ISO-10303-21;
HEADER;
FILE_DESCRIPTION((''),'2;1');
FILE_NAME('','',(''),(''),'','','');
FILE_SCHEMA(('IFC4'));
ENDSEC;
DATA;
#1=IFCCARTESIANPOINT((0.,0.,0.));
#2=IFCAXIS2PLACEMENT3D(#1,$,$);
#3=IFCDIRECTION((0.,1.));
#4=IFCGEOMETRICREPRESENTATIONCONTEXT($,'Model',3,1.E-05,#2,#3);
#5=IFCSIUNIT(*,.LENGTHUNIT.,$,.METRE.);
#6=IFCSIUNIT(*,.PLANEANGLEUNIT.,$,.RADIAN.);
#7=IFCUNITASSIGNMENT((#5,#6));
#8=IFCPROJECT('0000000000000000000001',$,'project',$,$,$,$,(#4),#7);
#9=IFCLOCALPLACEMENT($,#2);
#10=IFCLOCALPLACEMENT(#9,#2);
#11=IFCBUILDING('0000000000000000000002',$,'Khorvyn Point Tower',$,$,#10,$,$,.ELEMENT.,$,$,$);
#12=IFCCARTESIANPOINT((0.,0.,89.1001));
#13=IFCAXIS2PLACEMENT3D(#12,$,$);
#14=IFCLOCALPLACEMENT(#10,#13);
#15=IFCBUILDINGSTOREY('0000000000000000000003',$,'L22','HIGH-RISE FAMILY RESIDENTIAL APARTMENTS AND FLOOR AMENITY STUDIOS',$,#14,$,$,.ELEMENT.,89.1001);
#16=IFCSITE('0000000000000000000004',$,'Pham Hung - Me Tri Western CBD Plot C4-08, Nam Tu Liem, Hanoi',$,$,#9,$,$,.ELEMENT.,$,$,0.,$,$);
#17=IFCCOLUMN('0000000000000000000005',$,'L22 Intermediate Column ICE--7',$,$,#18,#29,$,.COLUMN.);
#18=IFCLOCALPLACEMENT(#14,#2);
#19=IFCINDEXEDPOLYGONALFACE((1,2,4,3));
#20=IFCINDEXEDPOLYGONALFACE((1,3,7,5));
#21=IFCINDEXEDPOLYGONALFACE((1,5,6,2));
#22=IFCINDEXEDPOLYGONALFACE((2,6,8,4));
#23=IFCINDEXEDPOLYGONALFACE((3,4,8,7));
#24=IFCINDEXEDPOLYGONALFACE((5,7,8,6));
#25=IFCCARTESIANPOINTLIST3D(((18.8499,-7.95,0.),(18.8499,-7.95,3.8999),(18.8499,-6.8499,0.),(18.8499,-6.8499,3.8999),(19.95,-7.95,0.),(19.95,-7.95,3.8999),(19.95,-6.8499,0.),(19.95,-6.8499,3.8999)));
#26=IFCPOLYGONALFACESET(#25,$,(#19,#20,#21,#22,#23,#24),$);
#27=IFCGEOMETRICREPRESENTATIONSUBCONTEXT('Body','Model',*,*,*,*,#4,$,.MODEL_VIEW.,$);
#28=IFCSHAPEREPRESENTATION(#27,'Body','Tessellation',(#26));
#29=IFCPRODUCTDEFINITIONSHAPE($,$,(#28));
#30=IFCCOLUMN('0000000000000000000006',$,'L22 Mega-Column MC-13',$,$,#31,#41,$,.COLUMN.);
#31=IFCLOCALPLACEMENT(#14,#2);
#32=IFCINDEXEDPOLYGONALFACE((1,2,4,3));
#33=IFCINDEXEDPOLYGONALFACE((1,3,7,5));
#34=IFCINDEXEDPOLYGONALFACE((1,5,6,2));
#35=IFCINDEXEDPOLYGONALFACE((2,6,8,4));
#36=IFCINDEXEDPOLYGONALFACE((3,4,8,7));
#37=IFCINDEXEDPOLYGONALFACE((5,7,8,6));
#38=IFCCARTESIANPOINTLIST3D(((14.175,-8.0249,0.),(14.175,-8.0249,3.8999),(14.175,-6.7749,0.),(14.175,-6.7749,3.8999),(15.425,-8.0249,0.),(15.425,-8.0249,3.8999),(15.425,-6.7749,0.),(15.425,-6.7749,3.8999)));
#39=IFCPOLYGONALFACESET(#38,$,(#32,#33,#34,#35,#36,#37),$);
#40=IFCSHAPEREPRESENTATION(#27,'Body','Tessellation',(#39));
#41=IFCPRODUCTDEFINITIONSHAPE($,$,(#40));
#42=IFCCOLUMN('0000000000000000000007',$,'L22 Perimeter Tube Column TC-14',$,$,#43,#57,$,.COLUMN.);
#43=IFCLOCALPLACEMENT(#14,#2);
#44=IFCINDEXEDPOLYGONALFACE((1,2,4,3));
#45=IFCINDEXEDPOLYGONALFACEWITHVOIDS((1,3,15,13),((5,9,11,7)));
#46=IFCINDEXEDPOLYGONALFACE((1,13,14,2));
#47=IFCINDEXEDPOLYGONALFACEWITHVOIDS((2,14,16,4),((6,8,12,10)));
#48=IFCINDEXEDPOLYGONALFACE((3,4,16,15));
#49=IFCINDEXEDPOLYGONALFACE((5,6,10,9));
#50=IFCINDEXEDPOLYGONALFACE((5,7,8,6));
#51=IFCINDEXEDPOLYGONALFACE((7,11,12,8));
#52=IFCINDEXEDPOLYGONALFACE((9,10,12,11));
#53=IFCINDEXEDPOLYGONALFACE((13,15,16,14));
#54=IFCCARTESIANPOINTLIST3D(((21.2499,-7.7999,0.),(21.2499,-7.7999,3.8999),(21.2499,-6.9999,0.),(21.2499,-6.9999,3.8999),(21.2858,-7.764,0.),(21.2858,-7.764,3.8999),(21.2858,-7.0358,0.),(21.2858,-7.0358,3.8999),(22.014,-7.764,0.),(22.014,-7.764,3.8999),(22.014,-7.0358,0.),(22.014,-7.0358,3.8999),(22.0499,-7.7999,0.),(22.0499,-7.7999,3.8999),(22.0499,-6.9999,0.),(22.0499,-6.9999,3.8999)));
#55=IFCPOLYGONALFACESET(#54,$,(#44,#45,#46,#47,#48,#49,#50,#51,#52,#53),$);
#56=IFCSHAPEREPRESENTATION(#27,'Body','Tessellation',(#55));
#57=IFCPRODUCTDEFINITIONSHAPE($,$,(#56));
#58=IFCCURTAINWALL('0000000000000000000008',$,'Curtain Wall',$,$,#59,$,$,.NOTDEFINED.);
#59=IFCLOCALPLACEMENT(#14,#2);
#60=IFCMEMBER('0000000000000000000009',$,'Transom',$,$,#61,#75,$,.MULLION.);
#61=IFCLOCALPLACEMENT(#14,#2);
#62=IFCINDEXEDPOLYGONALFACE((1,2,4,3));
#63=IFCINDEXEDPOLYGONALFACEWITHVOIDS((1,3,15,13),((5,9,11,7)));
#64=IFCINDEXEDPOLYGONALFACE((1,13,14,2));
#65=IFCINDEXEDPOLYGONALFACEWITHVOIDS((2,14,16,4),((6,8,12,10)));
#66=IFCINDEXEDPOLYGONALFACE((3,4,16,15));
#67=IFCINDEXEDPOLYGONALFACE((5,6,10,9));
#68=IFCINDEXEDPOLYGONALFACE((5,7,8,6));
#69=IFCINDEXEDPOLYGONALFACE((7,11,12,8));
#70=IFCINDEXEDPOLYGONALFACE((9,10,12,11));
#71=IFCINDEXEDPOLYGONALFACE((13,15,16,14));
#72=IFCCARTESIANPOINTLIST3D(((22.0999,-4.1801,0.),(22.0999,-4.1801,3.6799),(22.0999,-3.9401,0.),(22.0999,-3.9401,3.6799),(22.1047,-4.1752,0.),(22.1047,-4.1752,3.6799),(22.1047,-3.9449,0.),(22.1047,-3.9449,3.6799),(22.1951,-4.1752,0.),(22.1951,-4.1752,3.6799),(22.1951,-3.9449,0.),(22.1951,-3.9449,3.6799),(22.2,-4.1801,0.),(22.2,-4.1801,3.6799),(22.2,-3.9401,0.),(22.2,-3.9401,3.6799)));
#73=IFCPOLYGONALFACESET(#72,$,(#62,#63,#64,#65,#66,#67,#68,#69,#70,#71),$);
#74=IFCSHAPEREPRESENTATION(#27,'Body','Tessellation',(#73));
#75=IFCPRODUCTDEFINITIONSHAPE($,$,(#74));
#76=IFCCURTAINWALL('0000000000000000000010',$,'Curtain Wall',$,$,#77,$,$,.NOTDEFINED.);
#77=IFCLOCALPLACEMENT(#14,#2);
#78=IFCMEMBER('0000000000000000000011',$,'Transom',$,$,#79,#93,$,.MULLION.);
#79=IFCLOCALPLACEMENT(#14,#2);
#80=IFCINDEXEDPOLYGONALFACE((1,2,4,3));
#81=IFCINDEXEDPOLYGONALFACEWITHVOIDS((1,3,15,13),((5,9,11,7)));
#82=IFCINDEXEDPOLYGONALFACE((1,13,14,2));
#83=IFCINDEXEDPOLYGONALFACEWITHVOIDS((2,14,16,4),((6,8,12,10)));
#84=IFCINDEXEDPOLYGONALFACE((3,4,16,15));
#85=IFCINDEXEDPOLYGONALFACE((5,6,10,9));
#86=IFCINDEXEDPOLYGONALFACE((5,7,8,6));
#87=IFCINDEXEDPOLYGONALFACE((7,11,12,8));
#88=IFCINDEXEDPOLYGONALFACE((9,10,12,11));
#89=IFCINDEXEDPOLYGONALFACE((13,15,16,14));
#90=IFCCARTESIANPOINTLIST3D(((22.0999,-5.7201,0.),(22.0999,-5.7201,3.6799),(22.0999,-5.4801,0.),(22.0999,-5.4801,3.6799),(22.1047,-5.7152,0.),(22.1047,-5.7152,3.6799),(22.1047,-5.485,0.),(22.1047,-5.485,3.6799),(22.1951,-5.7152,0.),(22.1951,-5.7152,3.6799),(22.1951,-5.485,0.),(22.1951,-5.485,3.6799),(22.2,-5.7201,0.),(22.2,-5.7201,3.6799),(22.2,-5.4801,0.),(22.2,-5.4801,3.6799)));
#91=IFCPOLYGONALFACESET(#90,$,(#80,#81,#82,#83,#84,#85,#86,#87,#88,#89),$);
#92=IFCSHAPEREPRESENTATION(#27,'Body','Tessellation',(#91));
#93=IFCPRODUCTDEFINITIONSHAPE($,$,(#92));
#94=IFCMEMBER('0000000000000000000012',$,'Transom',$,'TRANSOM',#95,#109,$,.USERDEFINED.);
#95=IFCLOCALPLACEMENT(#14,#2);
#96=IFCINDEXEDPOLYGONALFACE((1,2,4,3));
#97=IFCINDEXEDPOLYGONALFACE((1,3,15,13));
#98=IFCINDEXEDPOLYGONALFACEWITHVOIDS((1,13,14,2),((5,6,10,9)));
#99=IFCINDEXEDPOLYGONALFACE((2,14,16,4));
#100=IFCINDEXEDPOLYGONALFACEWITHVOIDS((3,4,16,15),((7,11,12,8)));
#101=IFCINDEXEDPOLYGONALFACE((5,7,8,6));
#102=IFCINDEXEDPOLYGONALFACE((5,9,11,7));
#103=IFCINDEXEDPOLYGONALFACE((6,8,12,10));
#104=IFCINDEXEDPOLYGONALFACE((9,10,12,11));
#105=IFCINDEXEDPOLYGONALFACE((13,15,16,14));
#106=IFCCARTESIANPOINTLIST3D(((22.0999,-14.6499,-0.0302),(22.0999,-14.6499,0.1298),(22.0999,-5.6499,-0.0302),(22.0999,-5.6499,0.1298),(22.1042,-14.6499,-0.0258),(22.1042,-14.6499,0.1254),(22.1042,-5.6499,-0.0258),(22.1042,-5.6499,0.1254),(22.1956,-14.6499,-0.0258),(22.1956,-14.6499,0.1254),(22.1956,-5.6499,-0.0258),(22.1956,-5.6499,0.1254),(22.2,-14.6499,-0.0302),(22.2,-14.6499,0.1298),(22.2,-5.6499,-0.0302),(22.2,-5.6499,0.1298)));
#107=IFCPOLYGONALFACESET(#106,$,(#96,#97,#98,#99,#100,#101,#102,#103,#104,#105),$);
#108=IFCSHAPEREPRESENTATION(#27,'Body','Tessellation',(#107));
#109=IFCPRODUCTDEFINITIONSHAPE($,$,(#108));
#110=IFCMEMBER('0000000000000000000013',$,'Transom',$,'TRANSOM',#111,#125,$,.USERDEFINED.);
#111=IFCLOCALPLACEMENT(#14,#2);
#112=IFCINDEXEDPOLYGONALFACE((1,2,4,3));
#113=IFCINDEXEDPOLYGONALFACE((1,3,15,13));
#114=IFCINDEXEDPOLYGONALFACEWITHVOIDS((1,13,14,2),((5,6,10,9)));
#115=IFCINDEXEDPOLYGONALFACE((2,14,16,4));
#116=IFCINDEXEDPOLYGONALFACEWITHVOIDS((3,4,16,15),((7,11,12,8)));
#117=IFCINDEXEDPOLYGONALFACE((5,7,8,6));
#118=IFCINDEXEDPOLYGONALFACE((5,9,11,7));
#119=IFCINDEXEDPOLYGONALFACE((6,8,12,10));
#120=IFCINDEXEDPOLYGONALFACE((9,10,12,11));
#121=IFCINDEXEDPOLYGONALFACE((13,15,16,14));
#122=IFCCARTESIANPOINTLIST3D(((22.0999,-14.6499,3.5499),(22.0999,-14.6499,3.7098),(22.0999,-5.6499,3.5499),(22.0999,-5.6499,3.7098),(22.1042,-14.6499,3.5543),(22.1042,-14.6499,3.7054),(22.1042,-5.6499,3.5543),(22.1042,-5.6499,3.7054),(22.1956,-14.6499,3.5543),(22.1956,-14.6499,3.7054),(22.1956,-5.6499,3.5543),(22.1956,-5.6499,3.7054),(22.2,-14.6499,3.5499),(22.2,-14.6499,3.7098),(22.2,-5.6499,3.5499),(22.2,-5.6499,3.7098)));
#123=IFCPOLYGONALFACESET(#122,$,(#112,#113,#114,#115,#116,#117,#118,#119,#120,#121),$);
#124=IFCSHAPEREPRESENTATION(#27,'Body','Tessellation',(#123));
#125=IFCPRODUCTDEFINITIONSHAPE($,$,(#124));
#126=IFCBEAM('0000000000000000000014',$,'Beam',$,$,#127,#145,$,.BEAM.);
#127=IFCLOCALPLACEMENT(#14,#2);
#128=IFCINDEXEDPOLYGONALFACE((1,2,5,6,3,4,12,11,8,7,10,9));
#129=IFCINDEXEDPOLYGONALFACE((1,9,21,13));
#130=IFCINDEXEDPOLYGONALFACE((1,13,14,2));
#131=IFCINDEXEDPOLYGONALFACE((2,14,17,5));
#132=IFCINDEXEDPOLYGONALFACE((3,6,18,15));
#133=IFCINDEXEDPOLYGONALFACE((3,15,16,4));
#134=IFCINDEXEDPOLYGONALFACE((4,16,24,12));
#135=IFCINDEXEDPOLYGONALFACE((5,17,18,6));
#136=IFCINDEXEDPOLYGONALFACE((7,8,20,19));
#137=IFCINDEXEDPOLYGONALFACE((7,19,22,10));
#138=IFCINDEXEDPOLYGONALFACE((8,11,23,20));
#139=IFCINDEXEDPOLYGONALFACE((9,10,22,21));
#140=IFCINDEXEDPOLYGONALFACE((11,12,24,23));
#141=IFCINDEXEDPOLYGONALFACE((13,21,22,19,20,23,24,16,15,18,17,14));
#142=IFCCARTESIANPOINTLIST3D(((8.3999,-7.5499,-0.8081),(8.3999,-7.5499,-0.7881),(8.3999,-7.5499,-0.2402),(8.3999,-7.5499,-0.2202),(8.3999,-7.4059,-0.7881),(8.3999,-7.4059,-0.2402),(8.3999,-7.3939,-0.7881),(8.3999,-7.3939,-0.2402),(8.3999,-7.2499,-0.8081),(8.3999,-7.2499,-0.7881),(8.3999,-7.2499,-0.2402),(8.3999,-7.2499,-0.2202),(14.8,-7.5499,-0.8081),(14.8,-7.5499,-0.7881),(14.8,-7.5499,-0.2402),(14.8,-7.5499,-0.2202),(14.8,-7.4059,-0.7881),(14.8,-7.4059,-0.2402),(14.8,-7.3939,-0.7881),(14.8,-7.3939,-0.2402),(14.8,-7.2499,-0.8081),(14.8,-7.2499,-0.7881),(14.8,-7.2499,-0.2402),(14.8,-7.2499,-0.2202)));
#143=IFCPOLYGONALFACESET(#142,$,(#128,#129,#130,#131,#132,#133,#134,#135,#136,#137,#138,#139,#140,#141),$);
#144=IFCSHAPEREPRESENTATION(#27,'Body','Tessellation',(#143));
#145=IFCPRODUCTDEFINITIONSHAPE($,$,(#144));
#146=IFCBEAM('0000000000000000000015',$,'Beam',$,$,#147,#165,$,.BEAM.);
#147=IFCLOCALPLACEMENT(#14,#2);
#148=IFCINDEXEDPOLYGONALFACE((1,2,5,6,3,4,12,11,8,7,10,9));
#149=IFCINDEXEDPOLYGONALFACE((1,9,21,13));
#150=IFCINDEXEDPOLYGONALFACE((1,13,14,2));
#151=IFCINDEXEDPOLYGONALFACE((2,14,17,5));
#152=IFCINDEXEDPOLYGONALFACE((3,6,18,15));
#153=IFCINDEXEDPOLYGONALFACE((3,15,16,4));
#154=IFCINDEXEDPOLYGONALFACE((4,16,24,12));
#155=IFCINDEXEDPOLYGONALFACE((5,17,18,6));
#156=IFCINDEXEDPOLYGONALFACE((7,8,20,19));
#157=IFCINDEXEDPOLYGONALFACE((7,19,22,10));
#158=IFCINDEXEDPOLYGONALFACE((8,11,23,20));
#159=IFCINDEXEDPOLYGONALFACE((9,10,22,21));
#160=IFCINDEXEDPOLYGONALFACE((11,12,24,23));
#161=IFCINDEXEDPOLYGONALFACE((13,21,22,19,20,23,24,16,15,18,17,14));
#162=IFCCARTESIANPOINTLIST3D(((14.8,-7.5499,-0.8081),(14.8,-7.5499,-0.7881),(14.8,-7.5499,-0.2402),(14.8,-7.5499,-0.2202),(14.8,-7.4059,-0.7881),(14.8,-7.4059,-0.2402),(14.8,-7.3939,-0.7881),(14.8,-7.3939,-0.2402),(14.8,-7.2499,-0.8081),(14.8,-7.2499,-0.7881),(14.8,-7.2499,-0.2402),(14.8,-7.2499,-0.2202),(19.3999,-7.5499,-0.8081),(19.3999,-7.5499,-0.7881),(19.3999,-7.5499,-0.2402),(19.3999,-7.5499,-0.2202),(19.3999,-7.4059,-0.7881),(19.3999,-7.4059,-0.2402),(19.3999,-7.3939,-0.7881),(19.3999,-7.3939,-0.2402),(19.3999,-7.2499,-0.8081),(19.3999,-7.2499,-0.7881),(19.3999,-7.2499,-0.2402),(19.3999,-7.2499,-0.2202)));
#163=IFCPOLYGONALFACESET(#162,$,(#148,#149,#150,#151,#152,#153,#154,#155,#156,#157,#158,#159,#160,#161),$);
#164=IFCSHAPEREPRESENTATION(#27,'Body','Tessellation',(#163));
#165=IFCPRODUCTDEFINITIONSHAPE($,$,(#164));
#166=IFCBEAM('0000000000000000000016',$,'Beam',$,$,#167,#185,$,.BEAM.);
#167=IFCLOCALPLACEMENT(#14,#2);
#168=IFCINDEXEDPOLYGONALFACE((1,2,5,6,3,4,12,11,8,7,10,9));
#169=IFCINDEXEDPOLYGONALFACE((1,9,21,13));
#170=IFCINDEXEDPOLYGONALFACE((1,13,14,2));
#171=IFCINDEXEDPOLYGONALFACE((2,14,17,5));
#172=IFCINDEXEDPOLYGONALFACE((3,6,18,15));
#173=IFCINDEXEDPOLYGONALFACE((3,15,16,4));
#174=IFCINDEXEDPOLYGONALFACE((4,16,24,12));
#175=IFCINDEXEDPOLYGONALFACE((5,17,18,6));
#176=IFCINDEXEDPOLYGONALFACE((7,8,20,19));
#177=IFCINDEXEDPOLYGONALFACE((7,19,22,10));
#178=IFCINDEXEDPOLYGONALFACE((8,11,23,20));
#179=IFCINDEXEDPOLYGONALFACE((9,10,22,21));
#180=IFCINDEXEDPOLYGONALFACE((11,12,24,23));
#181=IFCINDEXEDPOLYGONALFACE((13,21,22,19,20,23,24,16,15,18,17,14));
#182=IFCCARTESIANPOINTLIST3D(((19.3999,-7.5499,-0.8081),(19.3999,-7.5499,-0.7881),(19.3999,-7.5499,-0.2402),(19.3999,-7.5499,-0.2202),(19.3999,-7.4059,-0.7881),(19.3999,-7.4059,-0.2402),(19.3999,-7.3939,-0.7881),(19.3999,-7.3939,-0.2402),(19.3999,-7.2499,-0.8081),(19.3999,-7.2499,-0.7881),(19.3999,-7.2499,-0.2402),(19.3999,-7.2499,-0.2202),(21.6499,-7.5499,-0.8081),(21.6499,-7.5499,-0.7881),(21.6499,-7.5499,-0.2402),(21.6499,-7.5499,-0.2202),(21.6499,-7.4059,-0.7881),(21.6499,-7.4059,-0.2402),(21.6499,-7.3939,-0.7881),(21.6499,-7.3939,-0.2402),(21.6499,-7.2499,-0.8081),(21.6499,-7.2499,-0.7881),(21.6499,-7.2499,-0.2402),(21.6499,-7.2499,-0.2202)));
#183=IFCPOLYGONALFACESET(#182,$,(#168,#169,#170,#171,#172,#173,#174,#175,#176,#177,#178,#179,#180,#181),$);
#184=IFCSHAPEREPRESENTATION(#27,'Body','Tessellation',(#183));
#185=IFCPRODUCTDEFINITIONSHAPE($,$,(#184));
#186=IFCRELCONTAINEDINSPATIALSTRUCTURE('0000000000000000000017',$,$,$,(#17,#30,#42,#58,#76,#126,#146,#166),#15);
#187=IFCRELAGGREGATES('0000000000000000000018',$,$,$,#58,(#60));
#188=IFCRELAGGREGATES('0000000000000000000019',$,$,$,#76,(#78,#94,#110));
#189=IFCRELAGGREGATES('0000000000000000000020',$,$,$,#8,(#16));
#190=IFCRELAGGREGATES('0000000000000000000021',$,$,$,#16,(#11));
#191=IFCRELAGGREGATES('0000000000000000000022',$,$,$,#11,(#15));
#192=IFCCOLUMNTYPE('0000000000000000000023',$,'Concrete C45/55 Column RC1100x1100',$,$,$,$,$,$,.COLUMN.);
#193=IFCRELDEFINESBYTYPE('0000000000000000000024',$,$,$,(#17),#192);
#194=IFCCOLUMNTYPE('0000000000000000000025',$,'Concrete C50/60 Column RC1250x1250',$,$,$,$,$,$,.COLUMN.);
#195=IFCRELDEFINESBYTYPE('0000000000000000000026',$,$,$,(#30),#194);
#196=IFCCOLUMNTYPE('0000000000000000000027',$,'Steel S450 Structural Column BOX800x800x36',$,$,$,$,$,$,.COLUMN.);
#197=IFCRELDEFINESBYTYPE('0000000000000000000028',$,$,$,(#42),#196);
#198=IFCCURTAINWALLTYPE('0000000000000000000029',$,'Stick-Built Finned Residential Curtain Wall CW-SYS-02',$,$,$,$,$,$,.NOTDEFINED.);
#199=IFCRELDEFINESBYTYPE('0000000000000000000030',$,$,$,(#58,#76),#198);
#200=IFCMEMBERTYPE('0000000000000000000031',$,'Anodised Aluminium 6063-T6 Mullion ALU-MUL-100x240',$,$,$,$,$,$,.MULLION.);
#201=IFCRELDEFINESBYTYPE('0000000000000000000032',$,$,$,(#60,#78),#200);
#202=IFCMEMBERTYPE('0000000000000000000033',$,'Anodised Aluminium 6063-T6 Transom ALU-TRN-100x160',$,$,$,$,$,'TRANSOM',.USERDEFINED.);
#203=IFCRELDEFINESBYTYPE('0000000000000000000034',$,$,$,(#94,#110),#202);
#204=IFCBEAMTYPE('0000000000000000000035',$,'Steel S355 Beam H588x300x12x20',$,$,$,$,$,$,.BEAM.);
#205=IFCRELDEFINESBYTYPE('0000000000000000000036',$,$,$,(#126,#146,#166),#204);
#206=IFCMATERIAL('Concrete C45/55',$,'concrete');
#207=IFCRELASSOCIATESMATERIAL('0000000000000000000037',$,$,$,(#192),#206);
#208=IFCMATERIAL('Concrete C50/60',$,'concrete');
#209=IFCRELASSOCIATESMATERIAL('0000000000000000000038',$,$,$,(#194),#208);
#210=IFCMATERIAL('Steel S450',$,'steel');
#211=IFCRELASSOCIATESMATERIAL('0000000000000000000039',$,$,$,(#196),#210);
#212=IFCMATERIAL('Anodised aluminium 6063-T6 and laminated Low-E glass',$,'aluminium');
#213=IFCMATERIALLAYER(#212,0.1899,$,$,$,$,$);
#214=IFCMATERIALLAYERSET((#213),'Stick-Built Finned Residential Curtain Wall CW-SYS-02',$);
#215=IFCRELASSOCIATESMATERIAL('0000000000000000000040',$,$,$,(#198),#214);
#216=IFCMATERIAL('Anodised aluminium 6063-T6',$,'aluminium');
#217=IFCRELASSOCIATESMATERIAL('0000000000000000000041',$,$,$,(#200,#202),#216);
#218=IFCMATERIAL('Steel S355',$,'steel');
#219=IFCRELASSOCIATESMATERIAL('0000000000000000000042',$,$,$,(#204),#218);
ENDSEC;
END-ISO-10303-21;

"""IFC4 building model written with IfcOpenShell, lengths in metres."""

from ifc_helpers import new_model, si_unit, direction, frame, origin, origin_2d, place, context, subcontext, project, spatial, rectangle, hollow_rectangle, i_section, extrude, material, layer, layer_set, material_profile, profile_set, type_object, element, aggregate, save


model = new_model("IFC4")

# Units and contexts
model_context = context("Model", 3, precision=1e-05, world=origin(), true_north=direction((0.0, 1.0)))
body_context = subcontext(model_context, "Body", "Model", "MODEL_VIEW")
ifc_project = project(units=[si_unit("LENGTHUNIT", "METRE"), si_unit("PLANEANGLEUNIT", "RADIAN")], contexts=[model_context])

# Site, building, storey
site_placement = place(None, origin())
site = spatial("IfcSite", under=ifc_project, at=site_placement, Name="Pham Hung - Me Tri Western CBD Plot C4-08, Nam Tu Liem, Hanoi", CompositionType="ELEMENT", RefElevation=0.0)
building_placement = place(site_placement, origin())
building = spatial("IfcBuilding", under=site, at=building_placement, Name="Khorvyn Point Tower", CompositionType="ELEMENT")
storey_placement = place(building_placement, frame((0.0, 0.0, 89.1001)))
storey = spatial("IfcBuildingStorey", under=building, at=storey_placement, Name="L22", Description="HIGH-RISE FAMILY RESIDENTIAL APARTMENTS AND FLOOR AMENITY STUDIOS", CompositionType="ELEMENT", Elevation=89.1001)

# Columns
ifc_material_1 = material(Name="Concrete C45/55", Category="concrete")
ifc_material_profile_1 = material_profile(ifc_material_1, rectangle(XDim=1.1001, YDim=1.1001, at=origin_2d()))
ifc_profile_set_1 = profile_set([ifc_material_profile_1], Name="Concrete C45/55 RC1100x1100")
column_type_1 = type_object("IfcColumnType", Name="Concrete C45/55 Column RC1100x1100", PredefinedType="COLUMN", material=ifc_profile_set_1)
column_1_placement = place(storey_placement, frame((19.3999, -7.3999, 0.0), z_axis=(0.0, 0.0, 1.0), x_axis=(1.0, 0.0, 0.0)))
element("IfcColumn", 1, at=column_1_placement, inside=storey, type_object=column_type_1, Name="L22 Intermediate Column ICE--7", PredefinedType="COLUMN", context=body_context, shape_type="SweptSolid", body=[
    extrude(rectangle(XDim=1.1001, YDim=1.1001, at=origin_2d()), origin(), (0.0, 0.0, 1.0), 3.8999),
])
ifc_material_2 = material(Name="Concrete C50/60", Category="concrete")
ifc_material_profile_2 = material_profile(ifc_material_2, rectangle(XDim=1.25, YDim=1.25, at=origin_2d()))
ifc_profile_set_2 = profile_set([ifc_material_profile_2], Name="Concrete C50/60 RC1250x1250")
column_type_2 = type_object("IfcColumnType", Name="Concrete C50/60 Column RC1250x1250", PredefinedType="COLUMN", material=ifc_profile_set_2)
column_2_placement = place(storey_placement, frame((14.8, -7.3999, 0.0), z_axis=(0.0, 0.0, 1.0), x_axis=(1.0, 0.0, 0.0)))
element("IfcColumn", 2, at=column_2_placement, inside=storey, type_object=column_type_2, Name="L22 Mega-Column MC-13", PredefinedType="COLUMN", context=body_context, shape_type="SweptSolid", body=[
    extrude(rectangle(XDim=1.25, YDim=1.25, at=origin_2d()), origin(), (0.0, 0.0, 1.0), 3.8999),
])
ifc_material_3 = material(Name="Steel S450", Category="steel")
ifc_material_profile_3 = material_profile(ifc_material_3, hollow_rectangle(XDim=0.8, YDim=0.8, WallThickness=0.0359, at=origin_2d()))
ifc_profile_set_3 = profile_set([ifc_material_profile_3], Name="Steel S450 BOX800x800x36")
column_type_3 = type_object("IfcColumnType", Name="Steel S450 Structural Column BOX800x800x36", PredefinedType="COLUMN", material=ifc_profile_set_3)
column_3_placement = place(storey_placement, frame((21.6499, -7.3999, 0.0), z_axis=(0.0, 0.0, 1.0), x_axis=(1.0, 0.0, 0.0)))
element("IfcColumn", 3, at=column_3_placement, inside=storey, type_object=column_type_3, Name="L22 Perimeter Tube Column TC-14", PredefinedType="COLUMN", context=body_context, shape_type="SweptSolid", body=[
    extrude(hollow_rectangle(XDim=0.8, YDim=0.8, WallThickness=0.0359, at=origin_2d()), origin(), (0.0, 0.0, 1.0), 3.8999),
])

# Curtain wall, member
ifc_material_4 = material(Name="Anodised aluminium 6063-T6 and laminated Low-E glass", Category="aluminium")
ifc_layer_1 = layer(ifc_material_4, 0.1899)
ifc_layer_set_1 = layer_set([ifc_layer_1], Name="Stick-Built Finned Residential Curtain Wall CW-SYS-02")
curtain_wall_type = type_object("IfcCurtainWallType", Name="Stick-Built Finned Residential Curtain Wall CW-SYS-02", PredefinedType="NOTDEFINED", material=ifc_layer_set_1)
curtain_wall_1_placement = place(storey_placement, origin())
curtain_wall_1 = element("IfcCurtainWall", 4, at=curtain_wall_1_placement, inside=storey, type_object=curtain_wall_type, Name="Curtain Wall", PredefinedType="NOTDEFINED")
ifc_material_5 = material(Name="Anodised aluminium 6063-T6", Category="aluminium")
ifc_material_profile_4 = material_profile(ifc_material_5, hollow_rectangle(XDim=0.1001, YDim=0.24, WallThickness=0.0049, at=origin_2d()))
ifc_profile_set_4 = profile_set([ifc_material_profile_4], Name="Anodised aluminium 6063-T6 ALU-MUL-100x240")
member_type_1 = type_object("IfcMemberType", Name="Anodised Aluminium 6063-T6 Mullion ALU-MUL-100x240", PredefinedType="MULLION", material=ifc_profile_set_4)
member_1_placement = place(storey_placement, frame((22.1499, -4.0601, 0.0), z_axis=(0.0, 0.0, 1.0), x_axis=(1.0, 0.0, 0.0)))
member_1 = element("IfcMember", 5, at=member_1_placement, type_object=member_type_1, Name="Transom", PredefinedType="MULLION", context=body_context, shape_type="SweptSolid", body=[
    extrude(hollow_rectangle(XDim=0.1001, YDim=0.24, WallThickness=0.0049, at=origin_2d()), origin(), (0.0, 0.0, 1.0), 3.6799),
])
aggregate(curtain_wall_1, [member_1])

# Curtain wall, members
curtain_wall_2_placement = place(storey_placement, origin())
curtain_wall_2 = element("IfcCurtainWall", 6, at=curtain_wall_2_placement, inside=storey, type_object=curtain_wall_type, Name="Curtain Wall", PredefinedType="NOTDEFINED")
member_2_placement = place(storey_placement, frame((22.1499, -5.6001, 0.0), z_axis=(0.0, 0.0, 1.0), x_axis=(1.0, 0.0, 0.0)))
member_2 = element("IfcMember", 7, at=member_2_placement, type_object=member_type_1, Name="Transom", PredefinedType="MULLION", context=body_context, shape_type="SweptSolid", body=[
    extrude(hollow_rectangle(XDim=0.1001, YDim=0.24, WallThickness=0.0049, at=origin_2d()), origin(), (0.0, 0.0, 1.0), 3.6799),
])
ifc_material_profile_5 = material_profile(ifc_material_5, hollow_rectangle(XDim=0.1001, YDim=0.1599, WallThickness=0.0044, at=origin_2d()))
ifc_profile_set_5 = profile_set([ifc_material_profile_5], Name="Anodised aluminium 6063-T6 ALU-TRN-100x160")
member_type_2 = type_object("IfcMemberType", Name="Anodised Aluminium 6063-T6 Transom ALU-TRN-100x160", ElementType="TRANSOM", PredefinedType="USERDEFINED", material=ifc_profile_set_5)
member_3_placement = place(storey_placement, frame((22.1499, -5.6499, 0.0498), z_axis=(0.0, -1.0, 0.0), x_axis=(1.0, 0.0, 0.0)))
member_3 = element("IfcMember", 8, at=member_3_placement, type_object=member_type_2, Name="Transom", ObjectType="TRANSOM", PredefinedType="USERDEFINED", context=body_context, shape_type="SweptSolid", body=[
    extrude(hollow_rectangle(XDim=0.1001, YDim=0.1599, WallThickness=0.0044, at=origin_2d()), origin(), (0.0, 0.0, 1.0), 9.0),
])
member_4_placement = place(storey_placement, frame((22.1499, -5.6499, 3.6299), z_axis=(0.0, -1.0, 0.0), x_axis=(1.0, 0.0, 0.0)))
member_4 = element("IfcMember", 9, at=member_4_placement, type_object=member_type_2, Name="Transom", ObjectType="TRANSOM", PredefinedType="USERDEFINED", context=body_context, shape_type="SweptSolid", body=[
    extrude(hollow_rectangle(XDim=0.1001, YDim=0.1599, WallThickness=0.0044, at=origin_2d()), origin(), (0.0, 0.0, 1.0), 9.0),
])

# Beams
ifc_material_6 = material(Name="Steel S355", Category="steel")
ifc_material_profile_6 = material_profile(ifc_material_6, i_section(OverallWidth=0.3, OverallDepth=0.5879, WebThickness=0.012, FlangeThickness=0.02, at=origin_2d()))
ifc_profile_set_6 = profile_set([ifc_material_profile_6], Name="Steel S355 H588x300x12x20")
beam_type_1 = type_object("IfcBeamType", Name="Steel S355 Beam H588x300x12x20", PredefinedType="BEAM", material=ifc_profile_set_6)
beam_1_placement = place(storey_placement, frame((8.3999, -7.3999, -0.5142), z_axis=(1.0, 0.0, 0.0), x_axis=(0.0, 1.0, 0.0)))
element("IfcBeam", 10, at=beam_1_placement, inside=storey, type_object=beam_type_1, Name="Beam", PredefinedType="BEAM", context=body_context, shape_type="SweptSolid", body=[
    extrude(i_section(OverallWidth=0.3, OverallDepth=0.5879, WebThickness=0.012, FlangeThickness=0.02, at=origin_2d()), origin(), (0.0, 0.0, 1.0), 6.4001),
])
beam_2_placement = place(storey_placement, frame((14.8, -7.3999, -0.5142), z_axis=(1.0, 0.0, 0.0), x_axis=(0.0, 1.0, 0.0)))
element("IfcBeam", 11, at=beam_2_placement, inside=storey, type_object=beam_type_1, Name="Beam", PredefinedType="BEAM", context=body_context, shape_type="SweptSolid", body=[
    extrude(i_section(OverallWidth=0.3, OverallDepth=0.5879, WebThickness=0.012, FlangeThickness=0.02, at=origin_2d()), origin(), (0.0, 0.0, 1.0), 4.5999),
])
beam_3_placement = place(storey_placement, frame((19.3999, -7.3999, -0.5142), z_axis=(1.0, 0.0, 0.0), x_axis=(0.0, 1.0, 0.0)))
element("IfcBeam", 12, at=beam_3_placement, inside=storey, type_object=beam_type_1, Name="Beam", PredefinedType="BEAM", context=body_context, shape_type="SweptSolid", body=[
    extrude(i_section(OverallWidth=0.3, OverallDepth=0.5879, WebThickness=0.012, FlangeThickness=0.02, at=origin_2d()), origin(), (0.0, 0.0, 1.0), 2.25),
])

aggregate(curtain_wall_2, [member_2, member_3, member_4])

save(model, "model.ifc")
